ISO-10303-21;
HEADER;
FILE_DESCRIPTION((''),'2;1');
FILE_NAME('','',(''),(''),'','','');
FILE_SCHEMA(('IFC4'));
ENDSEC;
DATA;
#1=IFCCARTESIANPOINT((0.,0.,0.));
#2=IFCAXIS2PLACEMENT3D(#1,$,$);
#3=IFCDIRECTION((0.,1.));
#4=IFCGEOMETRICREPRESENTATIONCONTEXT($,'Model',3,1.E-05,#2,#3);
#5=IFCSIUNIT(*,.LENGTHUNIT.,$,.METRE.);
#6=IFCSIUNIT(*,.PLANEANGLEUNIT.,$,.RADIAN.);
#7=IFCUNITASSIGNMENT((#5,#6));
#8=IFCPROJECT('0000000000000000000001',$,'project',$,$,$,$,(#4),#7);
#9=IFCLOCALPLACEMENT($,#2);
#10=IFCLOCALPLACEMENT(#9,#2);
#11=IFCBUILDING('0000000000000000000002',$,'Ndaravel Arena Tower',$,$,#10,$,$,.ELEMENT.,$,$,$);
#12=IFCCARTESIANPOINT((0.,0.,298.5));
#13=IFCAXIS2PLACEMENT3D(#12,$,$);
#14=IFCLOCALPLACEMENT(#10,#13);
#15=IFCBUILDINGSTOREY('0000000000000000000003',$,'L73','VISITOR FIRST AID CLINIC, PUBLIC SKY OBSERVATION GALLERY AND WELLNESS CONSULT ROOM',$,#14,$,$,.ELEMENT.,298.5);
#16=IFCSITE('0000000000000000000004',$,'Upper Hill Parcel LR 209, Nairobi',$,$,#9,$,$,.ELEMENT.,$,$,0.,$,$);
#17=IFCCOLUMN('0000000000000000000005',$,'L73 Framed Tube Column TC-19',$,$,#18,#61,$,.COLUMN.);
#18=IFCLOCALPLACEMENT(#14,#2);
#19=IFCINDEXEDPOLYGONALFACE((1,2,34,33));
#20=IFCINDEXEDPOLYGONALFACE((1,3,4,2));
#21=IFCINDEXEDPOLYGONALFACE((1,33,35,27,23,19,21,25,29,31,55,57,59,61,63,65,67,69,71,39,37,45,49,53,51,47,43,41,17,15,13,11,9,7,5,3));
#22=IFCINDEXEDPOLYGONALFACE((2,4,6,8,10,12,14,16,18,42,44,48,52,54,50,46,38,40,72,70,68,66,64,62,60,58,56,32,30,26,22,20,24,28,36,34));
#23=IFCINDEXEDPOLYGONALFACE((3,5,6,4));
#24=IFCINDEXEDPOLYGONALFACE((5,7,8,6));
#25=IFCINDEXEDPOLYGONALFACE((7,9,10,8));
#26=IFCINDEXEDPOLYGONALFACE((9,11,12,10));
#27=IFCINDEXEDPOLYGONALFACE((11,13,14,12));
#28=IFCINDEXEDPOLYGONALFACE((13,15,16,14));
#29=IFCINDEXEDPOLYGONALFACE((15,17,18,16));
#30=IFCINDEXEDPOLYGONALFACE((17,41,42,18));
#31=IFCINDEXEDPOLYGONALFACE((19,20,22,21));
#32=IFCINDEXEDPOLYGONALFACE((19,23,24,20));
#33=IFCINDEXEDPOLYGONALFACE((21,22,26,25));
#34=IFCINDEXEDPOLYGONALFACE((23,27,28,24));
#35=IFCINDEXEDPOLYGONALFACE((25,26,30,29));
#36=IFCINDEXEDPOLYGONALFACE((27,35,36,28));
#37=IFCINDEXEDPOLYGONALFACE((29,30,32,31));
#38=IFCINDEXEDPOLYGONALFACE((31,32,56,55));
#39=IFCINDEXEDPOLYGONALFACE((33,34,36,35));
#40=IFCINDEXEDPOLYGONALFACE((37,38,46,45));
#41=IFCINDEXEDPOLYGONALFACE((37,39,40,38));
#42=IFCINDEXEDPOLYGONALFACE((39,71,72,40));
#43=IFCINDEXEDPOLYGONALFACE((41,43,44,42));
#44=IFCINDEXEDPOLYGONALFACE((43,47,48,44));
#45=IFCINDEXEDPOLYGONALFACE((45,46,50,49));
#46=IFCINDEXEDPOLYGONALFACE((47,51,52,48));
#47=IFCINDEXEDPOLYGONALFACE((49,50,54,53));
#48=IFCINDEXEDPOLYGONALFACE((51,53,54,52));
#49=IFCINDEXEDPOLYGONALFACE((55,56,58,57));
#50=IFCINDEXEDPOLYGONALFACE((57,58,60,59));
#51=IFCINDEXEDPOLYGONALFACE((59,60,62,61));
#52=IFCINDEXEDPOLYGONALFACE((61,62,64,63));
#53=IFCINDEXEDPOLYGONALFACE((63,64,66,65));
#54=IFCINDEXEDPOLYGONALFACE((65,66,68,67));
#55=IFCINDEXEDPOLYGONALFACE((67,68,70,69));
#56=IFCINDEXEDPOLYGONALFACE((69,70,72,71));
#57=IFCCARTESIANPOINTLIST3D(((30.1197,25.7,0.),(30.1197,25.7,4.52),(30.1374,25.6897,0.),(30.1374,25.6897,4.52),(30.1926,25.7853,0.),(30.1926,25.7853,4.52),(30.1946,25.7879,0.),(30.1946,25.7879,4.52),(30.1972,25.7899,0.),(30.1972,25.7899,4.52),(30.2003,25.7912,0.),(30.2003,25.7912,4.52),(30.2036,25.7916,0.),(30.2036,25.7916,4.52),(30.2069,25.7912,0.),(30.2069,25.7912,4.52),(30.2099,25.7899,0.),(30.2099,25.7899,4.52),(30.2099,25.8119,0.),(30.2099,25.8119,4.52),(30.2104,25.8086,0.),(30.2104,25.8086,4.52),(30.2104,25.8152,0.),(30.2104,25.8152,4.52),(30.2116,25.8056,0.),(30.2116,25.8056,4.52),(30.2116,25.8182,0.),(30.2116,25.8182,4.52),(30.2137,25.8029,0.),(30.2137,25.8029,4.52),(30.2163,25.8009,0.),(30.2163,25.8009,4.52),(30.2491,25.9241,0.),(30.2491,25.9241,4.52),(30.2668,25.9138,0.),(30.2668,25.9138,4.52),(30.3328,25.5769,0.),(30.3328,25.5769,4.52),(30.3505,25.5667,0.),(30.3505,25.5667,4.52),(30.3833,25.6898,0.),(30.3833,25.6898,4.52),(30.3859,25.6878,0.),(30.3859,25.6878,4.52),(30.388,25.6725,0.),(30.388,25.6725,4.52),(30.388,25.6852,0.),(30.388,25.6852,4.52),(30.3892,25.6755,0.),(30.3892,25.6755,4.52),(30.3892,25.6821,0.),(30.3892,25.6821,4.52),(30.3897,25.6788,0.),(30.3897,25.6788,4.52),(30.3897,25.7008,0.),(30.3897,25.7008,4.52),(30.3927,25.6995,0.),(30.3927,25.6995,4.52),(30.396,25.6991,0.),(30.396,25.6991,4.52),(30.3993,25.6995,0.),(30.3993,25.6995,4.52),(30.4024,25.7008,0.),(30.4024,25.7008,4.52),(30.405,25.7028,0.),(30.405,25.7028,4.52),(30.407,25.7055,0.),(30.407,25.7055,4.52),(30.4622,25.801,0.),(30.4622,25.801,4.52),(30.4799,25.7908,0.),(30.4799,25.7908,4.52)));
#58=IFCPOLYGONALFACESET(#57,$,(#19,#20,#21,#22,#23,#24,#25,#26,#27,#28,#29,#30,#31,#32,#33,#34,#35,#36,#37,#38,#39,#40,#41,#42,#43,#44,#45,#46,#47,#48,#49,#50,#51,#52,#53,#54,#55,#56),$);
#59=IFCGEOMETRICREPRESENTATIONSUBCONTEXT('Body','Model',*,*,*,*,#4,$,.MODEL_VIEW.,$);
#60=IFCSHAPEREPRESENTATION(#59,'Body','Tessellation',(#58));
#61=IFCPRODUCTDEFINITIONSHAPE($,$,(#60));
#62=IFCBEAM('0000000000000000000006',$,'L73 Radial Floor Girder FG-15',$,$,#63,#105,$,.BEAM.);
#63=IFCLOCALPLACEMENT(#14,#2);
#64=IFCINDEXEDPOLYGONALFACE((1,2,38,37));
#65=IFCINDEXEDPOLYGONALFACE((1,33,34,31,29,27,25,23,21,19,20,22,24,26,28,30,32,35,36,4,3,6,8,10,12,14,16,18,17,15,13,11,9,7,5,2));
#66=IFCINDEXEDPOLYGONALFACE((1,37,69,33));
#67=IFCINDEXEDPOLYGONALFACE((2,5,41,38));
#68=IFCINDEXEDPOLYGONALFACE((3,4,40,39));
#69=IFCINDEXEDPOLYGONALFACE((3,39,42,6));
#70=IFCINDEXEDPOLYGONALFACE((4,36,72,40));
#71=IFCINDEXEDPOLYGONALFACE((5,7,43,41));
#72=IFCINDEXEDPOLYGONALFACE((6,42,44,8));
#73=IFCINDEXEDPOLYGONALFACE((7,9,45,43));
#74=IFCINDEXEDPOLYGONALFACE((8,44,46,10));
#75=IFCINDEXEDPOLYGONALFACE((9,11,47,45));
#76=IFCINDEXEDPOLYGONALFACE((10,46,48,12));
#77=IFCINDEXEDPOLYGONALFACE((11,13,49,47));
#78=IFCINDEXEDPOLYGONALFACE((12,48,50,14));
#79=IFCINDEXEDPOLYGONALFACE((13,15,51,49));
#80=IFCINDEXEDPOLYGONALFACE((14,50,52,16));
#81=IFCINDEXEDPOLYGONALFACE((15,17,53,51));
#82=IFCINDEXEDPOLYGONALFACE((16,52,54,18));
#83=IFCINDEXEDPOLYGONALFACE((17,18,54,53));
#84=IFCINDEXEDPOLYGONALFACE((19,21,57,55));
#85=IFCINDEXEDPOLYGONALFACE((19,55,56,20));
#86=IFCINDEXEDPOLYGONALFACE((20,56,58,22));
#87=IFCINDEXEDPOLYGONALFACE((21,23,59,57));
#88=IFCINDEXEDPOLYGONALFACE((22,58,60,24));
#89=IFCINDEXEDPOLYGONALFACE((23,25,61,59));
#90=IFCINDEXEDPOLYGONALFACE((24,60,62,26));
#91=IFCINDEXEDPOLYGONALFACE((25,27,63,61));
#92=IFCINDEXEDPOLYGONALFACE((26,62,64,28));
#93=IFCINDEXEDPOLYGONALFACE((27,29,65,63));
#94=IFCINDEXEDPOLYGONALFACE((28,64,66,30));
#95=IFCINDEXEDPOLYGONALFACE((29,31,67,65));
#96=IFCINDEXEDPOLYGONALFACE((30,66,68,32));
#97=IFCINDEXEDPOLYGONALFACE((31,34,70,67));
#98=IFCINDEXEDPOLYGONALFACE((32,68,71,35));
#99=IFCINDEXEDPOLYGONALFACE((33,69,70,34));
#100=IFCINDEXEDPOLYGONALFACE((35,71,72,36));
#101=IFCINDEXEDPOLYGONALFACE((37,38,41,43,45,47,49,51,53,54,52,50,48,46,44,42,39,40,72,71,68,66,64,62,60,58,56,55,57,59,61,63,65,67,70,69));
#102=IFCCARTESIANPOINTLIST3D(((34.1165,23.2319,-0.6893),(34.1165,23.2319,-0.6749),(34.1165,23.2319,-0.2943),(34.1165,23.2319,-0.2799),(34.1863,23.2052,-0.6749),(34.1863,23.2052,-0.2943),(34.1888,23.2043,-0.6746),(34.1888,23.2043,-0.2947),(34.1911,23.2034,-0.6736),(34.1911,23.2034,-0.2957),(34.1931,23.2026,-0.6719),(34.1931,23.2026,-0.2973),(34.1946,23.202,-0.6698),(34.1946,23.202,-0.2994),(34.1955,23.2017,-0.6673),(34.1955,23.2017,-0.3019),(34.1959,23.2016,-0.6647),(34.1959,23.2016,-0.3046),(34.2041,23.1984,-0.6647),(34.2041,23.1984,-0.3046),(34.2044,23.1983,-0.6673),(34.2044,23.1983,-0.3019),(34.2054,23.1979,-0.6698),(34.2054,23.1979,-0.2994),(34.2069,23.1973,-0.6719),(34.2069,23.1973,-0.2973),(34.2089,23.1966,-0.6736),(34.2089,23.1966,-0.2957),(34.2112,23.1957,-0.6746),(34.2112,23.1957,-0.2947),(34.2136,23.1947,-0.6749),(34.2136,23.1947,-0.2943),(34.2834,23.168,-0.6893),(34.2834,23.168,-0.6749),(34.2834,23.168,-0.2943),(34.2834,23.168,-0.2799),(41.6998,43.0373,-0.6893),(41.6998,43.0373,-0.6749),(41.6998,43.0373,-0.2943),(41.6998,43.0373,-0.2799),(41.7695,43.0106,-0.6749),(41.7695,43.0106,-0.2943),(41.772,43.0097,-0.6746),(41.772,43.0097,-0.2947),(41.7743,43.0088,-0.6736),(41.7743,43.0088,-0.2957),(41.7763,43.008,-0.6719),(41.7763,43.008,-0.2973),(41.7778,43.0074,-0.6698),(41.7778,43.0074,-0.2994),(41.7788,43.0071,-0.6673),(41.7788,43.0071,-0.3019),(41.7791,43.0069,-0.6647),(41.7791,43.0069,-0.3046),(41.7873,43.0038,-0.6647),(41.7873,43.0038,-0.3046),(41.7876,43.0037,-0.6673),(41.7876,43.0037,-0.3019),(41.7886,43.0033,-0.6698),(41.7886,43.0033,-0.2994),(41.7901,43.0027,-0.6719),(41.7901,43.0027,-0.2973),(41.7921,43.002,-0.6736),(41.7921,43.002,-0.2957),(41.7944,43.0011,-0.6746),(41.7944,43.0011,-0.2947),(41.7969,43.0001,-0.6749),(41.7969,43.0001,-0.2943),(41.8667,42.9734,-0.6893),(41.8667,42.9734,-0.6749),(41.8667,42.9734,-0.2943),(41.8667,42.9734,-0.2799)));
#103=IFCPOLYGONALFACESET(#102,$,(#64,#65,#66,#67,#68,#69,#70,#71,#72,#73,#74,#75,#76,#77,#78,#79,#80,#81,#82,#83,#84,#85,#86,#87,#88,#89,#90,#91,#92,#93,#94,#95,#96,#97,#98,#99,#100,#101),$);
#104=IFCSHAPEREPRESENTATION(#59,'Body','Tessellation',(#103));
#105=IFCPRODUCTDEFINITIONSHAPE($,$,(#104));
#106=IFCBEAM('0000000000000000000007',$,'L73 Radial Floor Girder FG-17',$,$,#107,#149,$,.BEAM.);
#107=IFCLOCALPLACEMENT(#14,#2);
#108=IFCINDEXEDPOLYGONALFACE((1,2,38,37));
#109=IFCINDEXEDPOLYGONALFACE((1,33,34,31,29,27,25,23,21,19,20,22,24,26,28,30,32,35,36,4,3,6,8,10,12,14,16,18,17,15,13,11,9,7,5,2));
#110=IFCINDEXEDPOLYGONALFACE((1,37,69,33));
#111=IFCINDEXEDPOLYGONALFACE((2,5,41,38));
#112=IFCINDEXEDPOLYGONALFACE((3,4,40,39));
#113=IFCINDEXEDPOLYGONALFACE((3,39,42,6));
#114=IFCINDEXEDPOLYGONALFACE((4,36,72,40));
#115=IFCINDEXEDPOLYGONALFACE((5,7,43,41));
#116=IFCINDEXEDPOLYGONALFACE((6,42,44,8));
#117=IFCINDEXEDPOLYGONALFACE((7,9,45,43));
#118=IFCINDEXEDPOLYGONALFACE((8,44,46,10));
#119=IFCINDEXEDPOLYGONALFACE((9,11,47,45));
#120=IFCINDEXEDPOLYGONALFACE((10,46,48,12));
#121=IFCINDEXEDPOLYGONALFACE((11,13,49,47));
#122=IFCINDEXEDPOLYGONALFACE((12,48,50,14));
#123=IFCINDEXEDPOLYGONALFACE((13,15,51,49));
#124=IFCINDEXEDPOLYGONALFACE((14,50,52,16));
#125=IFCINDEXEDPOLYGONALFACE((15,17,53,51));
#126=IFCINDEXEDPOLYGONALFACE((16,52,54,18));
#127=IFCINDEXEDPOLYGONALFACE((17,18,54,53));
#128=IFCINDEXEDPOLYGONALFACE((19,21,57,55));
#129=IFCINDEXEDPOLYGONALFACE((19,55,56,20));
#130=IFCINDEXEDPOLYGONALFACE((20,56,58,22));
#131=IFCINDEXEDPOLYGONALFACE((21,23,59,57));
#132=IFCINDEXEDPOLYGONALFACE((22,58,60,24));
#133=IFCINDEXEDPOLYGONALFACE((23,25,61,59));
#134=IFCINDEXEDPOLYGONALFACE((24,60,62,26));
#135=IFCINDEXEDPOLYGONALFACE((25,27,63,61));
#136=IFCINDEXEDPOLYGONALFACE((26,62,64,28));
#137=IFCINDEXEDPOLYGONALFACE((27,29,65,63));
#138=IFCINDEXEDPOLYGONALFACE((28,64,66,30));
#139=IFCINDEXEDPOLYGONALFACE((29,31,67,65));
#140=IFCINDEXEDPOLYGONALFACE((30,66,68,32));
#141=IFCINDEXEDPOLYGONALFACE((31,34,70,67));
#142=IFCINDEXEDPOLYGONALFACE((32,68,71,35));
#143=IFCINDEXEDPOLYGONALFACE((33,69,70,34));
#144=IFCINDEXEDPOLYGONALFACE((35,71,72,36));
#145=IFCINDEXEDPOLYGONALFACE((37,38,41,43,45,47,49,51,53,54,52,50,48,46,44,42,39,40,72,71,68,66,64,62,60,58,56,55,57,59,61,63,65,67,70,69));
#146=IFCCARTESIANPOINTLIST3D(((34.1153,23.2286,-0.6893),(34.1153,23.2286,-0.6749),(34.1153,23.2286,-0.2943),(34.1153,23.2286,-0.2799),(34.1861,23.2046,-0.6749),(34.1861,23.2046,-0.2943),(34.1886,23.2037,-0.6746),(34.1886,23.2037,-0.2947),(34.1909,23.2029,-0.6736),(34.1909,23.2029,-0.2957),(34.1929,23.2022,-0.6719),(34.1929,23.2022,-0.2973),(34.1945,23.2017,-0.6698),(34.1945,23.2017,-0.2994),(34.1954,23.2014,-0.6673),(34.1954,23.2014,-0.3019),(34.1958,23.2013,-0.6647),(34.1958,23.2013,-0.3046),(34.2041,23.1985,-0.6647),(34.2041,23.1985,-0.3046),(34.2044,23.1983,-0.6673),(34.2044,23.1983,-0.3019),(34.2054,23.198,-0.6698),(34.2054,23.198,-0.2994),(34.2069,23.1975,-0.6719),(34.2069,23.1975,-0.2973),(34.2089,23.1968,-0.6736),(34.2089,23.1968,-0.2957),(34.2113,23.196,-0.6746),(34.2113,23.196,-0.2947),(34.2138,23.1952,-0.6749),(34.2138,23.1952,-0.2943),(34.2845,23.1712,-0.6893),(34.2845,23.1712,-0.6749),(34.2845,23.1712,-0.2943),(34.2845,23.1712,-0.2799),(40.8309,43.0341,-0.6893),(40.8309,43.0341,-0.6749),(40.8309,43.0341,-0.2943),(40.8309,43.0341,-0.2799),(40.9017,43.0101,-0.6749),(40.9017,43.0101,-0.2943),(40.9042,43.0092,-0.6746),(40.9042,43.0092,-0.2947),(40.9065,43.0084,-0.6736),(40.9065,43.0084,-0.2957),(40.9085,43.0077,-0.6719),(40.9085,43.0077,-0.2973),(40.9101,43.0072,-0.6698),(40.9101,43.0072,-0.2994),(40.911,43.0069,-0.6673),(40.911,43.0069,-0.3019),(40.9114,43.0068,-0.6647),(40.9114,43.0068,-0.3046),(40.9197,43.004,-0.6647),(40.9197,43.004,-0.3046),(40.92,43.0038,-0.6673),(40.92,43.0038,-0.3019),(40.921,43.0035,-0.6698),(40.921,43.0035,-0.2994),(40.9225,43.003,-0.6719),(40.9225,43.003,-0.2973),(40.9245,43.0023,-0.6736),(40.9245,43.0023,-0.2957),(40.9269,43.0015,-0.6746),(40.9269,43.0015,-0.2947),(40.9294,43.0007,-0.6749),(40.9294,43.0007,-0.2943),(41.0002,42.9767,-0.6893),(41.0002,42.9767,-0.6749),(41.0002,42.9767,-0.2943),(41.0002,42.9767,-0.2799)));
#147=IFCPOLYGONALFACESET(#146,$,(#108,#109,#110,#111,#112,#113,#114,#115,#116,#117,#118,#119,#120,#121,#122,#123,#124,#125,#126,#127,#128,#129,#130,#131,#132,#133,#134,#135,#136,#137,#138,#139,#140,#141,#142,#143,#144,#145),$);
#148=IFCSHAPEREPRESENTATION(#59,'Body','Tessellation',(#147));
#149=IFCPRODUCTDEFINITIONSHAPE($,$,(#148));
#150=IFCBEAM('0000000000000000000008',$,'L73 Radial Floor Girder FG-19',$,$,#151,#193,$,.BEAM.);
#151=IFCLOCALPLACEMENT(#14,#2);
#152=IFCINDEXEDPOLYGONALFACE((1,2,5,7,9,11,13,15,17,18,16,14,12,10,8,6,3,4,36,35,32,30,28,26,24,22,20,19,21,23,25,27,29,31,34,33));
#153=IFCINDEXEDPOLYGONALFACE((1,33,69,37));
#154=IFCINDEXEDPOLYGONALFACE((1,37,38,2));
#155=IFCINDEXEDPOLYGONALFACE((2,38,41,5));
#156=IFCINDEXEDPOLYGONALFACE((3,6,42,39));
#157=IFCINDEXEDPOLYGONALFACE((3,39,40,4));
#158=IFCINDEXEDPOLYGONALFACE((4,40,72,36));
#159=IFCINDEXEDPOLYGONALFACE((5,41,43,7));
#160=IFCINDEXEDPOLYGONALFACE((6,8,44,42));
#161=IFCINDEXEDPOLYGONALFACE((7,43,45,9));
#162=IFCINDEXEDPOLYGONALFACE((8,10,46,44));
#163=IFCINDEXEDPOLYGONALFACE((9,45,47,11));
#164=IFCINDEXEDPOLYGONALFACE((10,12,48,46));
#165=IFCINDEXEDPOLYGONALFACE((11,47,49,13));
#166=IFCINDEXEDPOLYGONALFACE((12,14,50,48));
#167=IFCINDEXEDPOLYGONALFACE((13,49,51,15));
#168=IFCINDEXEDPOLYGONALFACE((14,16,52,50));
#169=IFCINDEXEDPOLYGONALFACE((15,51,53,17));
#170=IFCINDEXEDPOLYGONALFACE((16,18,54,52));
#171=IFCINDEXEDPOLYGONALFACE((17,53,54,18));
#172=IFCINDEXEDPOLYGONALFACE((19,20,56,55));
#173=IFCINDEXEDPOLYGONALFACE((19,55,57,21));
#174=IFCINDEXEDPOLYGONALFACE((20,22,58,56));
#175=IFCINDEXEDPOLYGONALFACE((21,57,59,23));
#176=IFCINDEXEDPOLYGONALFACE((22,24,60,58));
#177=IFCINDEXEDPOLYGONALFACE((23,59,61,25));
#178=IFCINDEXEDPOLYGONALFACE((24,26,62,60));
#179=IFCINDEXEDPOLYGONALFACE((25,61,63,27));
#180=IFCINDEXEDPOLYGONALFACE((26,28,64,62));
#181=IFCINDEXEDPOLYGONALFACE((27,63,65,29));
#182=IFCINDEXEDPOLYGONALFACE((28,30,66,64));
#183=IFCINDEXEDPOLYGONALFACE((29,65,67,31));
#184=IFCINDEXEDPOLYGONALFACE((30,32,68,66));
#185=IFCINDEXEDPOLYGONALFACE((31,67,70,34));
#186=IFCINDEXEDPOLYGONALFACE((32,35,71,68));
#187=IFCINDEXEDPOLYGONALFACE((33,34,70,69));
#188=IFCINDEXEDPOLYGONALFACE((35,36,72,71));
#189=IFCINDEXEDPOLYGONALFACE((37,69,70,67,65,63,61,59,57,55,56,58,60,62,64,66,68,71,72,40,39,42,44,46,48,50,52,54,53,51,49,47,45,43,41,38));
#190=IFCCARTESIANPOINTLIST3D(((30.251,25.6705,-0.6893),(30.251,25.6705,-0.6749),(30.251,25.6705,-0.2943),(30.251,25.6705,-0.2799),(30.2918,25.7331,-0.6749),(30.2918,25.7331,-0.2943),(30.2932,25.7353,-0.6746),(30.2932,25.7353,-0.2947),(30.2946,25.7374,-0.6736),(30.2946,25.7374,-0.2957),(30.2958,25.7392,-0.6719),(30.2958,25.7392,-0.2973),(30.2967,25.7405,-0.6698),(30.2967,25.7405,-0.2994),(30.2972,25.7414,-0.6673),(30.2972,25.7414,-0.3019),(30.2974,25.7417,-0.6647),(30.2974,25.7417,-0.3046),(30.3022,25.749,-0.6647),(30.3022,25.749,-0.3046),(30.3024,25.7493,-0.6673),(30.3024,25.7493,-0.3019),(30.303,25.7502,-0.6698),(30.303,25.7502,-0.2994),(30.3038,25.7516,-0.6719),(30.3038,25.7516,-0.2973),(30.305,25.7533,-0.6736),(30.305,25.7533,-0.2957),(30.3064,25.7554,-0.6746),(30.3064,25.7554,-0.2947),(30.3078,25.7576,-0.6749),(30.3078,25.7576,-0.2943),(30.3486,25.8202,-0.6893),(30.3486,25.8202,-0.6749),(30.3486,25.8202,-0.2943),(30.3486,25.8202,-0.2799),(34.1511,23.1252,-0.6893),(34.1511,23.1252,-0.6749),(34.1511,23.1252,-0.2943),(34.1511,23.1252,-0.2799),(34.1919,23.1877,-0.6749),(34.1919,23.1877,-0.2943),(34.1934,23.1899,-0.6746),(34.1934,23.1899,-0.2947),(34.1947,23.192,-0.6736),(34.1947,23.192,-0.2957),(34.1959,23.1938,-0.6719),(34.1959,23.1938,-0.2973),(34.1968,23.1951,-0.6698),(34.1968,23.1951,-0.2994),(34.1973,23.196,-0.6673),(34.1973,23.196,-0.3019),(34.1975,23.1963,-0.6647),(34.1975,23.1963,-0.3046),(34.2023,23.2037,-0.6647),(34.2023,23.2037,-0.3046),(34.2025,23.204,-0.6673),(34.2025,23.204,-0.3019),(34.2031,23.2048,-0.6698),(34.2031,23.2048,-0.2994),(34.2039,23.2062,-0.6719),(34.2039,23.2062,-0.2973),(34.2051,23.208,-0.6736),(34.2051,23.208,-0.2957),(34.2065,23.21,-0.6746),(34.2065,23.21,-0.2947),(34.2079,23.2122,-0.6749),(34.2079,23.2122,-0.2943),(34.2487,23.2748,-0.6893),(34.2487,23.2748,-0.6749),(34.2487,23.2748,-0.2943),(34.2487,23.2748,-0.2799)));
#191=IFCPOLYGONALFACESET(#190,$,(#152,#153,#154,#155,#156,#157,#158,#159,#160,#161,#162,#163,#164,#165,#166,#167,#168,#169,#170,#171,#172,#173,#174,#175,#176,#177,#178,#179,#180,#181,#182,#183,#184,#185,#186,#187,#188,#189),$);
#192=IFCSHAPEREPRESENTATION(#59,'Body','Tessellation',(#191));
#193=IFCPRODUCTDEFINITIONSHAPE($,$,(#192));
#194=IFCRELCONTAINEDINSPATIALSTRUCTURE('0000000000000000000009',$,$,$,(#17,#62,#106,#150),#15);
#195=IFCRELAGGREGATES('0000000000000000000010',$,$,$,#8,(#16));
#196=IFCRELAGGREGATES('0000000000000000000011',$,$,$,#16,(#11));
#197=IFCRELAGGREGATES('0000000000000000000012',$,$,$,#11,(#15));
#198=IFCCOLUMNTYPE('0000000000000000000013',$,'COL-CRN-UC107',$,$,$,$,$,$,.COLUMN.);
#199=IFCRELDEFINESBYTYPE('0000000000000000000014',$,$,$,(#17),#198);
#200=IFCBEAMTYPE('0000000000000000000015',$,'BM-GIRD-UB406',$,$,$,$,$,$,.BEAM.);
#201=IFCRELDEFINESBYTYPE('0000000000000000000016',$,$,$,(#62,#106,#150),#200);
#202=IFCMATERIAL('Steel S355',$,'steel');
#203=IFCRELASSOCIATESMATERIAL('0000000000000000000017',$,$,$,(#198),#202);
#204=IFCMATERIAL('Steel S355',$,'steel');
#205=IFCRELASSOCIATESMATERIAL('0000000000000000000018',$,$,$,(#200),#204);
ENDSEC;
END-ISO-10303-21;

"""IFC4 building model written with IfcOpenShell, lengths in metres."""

from ifc_helpers import new_model, si_unit, direction, frame, origin, origin_2d, place, context, subcontext, project, spatial, i_section, extrude, material, material_profile, profile_set, type_object, element, save


model = new_model("IFC4")

# Units and contexts
model_context = context("Model", 3, precision=1e-05, world=origin(), true_north=direction((0.0, 1.0)))
body_context = subcontext(model_context, "Body", "Model", "MODEL_VIEW")
ifc_project = project(units=[si_unit("LENGTHUNIT", "METRE"), si_unit("PLANEANGLEUNIT", "RADIAN")], contexts=[model_context])

# Site, building, storey
site_placement = place(None, origin())
site = spatial("IfcSite", under=ifc_project, at=site_placement, Name="Upper Hill Parcel LR 209, Nairobi", CompositionType="ELEMENT", RefElevation=0.0)
building_placement = place(site_placement, origin())
building = spatial("IfcBuilding", under=site, at=building_placement, Name="Ndaravel Arena Tower", CompositionType="ELEMENT")
storey_placement = place(building_placement, frame((0.0, 0.0, 298.5)))
storey = spatial("IfcBuildingStorey", under=building, at=storey_placement, Name="L73", Description="VISITOR FIRST AID CLINIC, PUBLIC SKY OBSERVATION GALLERY AND WELLNESS CONSULT ROOM", CompositionType="ELEMENT", Elevation=298.5)

# Column
ifc_material_1 = material(Name="Steel S355", Category="steel")
ifc_material_profile_1 = material_profile(ifc_material_1, i_section(OverallWidth=0.2588, OverallDepth=0.2666, WebThickness=0.0127, FlangeThickness=0.0205, FilletRadius=0.0127, at=origin_2d()), Name="UC 254x254x107")
ifc_profile_set_1 = profile_set([ifc_material_profile_1], Name="Steel S355")
column_type = type_object("IfcColumnType", Name="COL-CRN-UC107", PredefinedType="COLUMN", material=ifc_profile_set_1)
for number, where, z_axis, x_axis, name in (
    (1, (30.2998, 25.7454, 0.0), (0.0, 0.0, 1.0), (0.5, 0.866025, 0.0), "L73 Framed Tube Column TC-19"),
):
    element("IfcColumn", number, at=place(storey_placement, frame(where, z_axis=z_axis, x_axis=x_axis)), inside=storey, type_object=column_type, Name=name, PredefinedType="COLUMN", context=body_context, shape_type="SweptSolid", body=[
        extrude(i_section(OverallWidth=0.2588, OverallDepth=0.2666, WebThickness=0.0127, FlangeThickness=0.0205, FilletRadius=0.0127, at=origin_2d()), origin(), (0.0, 0.0, 1.0), 4.52),
    ])

# Beams
ifc_material_2 = material(Name="Steel S355", Category="steel")
ifc_material_profile_2 = material_profile(ifc_material_2, i_section(OverallWidth=0.1787, OverallDepth=0.4094, WebThickness=0.0088, FlangeThickness=0.0144, FilletRadius=0.0103, at=origin_2d()), Name="UB 406x178x67")
ifc_profile_set_2 = profile_set([ifc_material_profile_2], Name="Steel S355")
beam_type_1 = type_object("IfcBeamType", Name="BM-GIRD-UB406", PredefinedType="BEAM", material=ifc_profile_set_2)
beam_1_placement = place(storey_placement, frame((41.7832, 43.0054, -0.4846), z_axis=(-0.357573, -0.933885, 0.0), x_axis=(0.933885, -0.357573, 0.0)))
element("IfcBeam", 2, at=beam_1_placement, inside=storey, type_object=beam_type_1, Name="L73 Radial Floor Girder FG-15", PredefinedType="BEAM", context=body_context, shape_type="SweptSolid", body=[
    extrude(i_section(OverallWidth=0.1787, OverallDepth=0.4094, WebThickness=0.0088, FlangeThickness=0.0144, FilletRadius=0.0103, at=origin_2d()), origin(), (0.0, 0.0, 1.0), 21.2075),
])
beam_2_placement = place(storey_placement, frame((40.9155, 43.0054, -0.4846), z_axis=(-0.32112, -0.947039, 0.0), x_axis=(0.947039, -0.32112, 0.0)))
element("IfcBeam", 3, at=beam_2_placement, inside=storey, type_object=beam_type_1, Name="L73 Radial Floor Girder FG-17", PredefinedType="BEAM", context=body_context, shape_type="SweptSolid", body=[
    extrude(i_section(OverallWidth=0.1787, OverallDepth=0.4094, WebThickness=0.0088, FlangeThickness=0.0144, FilletRadius=0.0103, at=origin_2d()), origin(), (0.0, 0.0, 1.0), 20.9131),
])
beam_3_placement = place(storey_placement, frame((30.2998, 25.7454, -0.4846), z_axis=(0.83743, -0.546544, 0.0), x_axis=(0.546544, 0.83743, 0.0)))
element("IfcBeam", 4, at=beam_3_placement, inside=storey, type_object=beam_type_1, Name="L73 Radial Floor Girder FG-19", PredefinedType="BEAM", context=body_context, shape_type="SweptSolid", body=[
    extrude(i_section(OverallWidth=0.1787, OverallDepth=0.4094, WebThickness=0.0088, FlangeThickness=0.0144, FilletRadius=0.0103, at=origin_2d()), origin(), (0.0, 0.0, 1.0), 4.6572),
])

save(model, "model.ifc")
